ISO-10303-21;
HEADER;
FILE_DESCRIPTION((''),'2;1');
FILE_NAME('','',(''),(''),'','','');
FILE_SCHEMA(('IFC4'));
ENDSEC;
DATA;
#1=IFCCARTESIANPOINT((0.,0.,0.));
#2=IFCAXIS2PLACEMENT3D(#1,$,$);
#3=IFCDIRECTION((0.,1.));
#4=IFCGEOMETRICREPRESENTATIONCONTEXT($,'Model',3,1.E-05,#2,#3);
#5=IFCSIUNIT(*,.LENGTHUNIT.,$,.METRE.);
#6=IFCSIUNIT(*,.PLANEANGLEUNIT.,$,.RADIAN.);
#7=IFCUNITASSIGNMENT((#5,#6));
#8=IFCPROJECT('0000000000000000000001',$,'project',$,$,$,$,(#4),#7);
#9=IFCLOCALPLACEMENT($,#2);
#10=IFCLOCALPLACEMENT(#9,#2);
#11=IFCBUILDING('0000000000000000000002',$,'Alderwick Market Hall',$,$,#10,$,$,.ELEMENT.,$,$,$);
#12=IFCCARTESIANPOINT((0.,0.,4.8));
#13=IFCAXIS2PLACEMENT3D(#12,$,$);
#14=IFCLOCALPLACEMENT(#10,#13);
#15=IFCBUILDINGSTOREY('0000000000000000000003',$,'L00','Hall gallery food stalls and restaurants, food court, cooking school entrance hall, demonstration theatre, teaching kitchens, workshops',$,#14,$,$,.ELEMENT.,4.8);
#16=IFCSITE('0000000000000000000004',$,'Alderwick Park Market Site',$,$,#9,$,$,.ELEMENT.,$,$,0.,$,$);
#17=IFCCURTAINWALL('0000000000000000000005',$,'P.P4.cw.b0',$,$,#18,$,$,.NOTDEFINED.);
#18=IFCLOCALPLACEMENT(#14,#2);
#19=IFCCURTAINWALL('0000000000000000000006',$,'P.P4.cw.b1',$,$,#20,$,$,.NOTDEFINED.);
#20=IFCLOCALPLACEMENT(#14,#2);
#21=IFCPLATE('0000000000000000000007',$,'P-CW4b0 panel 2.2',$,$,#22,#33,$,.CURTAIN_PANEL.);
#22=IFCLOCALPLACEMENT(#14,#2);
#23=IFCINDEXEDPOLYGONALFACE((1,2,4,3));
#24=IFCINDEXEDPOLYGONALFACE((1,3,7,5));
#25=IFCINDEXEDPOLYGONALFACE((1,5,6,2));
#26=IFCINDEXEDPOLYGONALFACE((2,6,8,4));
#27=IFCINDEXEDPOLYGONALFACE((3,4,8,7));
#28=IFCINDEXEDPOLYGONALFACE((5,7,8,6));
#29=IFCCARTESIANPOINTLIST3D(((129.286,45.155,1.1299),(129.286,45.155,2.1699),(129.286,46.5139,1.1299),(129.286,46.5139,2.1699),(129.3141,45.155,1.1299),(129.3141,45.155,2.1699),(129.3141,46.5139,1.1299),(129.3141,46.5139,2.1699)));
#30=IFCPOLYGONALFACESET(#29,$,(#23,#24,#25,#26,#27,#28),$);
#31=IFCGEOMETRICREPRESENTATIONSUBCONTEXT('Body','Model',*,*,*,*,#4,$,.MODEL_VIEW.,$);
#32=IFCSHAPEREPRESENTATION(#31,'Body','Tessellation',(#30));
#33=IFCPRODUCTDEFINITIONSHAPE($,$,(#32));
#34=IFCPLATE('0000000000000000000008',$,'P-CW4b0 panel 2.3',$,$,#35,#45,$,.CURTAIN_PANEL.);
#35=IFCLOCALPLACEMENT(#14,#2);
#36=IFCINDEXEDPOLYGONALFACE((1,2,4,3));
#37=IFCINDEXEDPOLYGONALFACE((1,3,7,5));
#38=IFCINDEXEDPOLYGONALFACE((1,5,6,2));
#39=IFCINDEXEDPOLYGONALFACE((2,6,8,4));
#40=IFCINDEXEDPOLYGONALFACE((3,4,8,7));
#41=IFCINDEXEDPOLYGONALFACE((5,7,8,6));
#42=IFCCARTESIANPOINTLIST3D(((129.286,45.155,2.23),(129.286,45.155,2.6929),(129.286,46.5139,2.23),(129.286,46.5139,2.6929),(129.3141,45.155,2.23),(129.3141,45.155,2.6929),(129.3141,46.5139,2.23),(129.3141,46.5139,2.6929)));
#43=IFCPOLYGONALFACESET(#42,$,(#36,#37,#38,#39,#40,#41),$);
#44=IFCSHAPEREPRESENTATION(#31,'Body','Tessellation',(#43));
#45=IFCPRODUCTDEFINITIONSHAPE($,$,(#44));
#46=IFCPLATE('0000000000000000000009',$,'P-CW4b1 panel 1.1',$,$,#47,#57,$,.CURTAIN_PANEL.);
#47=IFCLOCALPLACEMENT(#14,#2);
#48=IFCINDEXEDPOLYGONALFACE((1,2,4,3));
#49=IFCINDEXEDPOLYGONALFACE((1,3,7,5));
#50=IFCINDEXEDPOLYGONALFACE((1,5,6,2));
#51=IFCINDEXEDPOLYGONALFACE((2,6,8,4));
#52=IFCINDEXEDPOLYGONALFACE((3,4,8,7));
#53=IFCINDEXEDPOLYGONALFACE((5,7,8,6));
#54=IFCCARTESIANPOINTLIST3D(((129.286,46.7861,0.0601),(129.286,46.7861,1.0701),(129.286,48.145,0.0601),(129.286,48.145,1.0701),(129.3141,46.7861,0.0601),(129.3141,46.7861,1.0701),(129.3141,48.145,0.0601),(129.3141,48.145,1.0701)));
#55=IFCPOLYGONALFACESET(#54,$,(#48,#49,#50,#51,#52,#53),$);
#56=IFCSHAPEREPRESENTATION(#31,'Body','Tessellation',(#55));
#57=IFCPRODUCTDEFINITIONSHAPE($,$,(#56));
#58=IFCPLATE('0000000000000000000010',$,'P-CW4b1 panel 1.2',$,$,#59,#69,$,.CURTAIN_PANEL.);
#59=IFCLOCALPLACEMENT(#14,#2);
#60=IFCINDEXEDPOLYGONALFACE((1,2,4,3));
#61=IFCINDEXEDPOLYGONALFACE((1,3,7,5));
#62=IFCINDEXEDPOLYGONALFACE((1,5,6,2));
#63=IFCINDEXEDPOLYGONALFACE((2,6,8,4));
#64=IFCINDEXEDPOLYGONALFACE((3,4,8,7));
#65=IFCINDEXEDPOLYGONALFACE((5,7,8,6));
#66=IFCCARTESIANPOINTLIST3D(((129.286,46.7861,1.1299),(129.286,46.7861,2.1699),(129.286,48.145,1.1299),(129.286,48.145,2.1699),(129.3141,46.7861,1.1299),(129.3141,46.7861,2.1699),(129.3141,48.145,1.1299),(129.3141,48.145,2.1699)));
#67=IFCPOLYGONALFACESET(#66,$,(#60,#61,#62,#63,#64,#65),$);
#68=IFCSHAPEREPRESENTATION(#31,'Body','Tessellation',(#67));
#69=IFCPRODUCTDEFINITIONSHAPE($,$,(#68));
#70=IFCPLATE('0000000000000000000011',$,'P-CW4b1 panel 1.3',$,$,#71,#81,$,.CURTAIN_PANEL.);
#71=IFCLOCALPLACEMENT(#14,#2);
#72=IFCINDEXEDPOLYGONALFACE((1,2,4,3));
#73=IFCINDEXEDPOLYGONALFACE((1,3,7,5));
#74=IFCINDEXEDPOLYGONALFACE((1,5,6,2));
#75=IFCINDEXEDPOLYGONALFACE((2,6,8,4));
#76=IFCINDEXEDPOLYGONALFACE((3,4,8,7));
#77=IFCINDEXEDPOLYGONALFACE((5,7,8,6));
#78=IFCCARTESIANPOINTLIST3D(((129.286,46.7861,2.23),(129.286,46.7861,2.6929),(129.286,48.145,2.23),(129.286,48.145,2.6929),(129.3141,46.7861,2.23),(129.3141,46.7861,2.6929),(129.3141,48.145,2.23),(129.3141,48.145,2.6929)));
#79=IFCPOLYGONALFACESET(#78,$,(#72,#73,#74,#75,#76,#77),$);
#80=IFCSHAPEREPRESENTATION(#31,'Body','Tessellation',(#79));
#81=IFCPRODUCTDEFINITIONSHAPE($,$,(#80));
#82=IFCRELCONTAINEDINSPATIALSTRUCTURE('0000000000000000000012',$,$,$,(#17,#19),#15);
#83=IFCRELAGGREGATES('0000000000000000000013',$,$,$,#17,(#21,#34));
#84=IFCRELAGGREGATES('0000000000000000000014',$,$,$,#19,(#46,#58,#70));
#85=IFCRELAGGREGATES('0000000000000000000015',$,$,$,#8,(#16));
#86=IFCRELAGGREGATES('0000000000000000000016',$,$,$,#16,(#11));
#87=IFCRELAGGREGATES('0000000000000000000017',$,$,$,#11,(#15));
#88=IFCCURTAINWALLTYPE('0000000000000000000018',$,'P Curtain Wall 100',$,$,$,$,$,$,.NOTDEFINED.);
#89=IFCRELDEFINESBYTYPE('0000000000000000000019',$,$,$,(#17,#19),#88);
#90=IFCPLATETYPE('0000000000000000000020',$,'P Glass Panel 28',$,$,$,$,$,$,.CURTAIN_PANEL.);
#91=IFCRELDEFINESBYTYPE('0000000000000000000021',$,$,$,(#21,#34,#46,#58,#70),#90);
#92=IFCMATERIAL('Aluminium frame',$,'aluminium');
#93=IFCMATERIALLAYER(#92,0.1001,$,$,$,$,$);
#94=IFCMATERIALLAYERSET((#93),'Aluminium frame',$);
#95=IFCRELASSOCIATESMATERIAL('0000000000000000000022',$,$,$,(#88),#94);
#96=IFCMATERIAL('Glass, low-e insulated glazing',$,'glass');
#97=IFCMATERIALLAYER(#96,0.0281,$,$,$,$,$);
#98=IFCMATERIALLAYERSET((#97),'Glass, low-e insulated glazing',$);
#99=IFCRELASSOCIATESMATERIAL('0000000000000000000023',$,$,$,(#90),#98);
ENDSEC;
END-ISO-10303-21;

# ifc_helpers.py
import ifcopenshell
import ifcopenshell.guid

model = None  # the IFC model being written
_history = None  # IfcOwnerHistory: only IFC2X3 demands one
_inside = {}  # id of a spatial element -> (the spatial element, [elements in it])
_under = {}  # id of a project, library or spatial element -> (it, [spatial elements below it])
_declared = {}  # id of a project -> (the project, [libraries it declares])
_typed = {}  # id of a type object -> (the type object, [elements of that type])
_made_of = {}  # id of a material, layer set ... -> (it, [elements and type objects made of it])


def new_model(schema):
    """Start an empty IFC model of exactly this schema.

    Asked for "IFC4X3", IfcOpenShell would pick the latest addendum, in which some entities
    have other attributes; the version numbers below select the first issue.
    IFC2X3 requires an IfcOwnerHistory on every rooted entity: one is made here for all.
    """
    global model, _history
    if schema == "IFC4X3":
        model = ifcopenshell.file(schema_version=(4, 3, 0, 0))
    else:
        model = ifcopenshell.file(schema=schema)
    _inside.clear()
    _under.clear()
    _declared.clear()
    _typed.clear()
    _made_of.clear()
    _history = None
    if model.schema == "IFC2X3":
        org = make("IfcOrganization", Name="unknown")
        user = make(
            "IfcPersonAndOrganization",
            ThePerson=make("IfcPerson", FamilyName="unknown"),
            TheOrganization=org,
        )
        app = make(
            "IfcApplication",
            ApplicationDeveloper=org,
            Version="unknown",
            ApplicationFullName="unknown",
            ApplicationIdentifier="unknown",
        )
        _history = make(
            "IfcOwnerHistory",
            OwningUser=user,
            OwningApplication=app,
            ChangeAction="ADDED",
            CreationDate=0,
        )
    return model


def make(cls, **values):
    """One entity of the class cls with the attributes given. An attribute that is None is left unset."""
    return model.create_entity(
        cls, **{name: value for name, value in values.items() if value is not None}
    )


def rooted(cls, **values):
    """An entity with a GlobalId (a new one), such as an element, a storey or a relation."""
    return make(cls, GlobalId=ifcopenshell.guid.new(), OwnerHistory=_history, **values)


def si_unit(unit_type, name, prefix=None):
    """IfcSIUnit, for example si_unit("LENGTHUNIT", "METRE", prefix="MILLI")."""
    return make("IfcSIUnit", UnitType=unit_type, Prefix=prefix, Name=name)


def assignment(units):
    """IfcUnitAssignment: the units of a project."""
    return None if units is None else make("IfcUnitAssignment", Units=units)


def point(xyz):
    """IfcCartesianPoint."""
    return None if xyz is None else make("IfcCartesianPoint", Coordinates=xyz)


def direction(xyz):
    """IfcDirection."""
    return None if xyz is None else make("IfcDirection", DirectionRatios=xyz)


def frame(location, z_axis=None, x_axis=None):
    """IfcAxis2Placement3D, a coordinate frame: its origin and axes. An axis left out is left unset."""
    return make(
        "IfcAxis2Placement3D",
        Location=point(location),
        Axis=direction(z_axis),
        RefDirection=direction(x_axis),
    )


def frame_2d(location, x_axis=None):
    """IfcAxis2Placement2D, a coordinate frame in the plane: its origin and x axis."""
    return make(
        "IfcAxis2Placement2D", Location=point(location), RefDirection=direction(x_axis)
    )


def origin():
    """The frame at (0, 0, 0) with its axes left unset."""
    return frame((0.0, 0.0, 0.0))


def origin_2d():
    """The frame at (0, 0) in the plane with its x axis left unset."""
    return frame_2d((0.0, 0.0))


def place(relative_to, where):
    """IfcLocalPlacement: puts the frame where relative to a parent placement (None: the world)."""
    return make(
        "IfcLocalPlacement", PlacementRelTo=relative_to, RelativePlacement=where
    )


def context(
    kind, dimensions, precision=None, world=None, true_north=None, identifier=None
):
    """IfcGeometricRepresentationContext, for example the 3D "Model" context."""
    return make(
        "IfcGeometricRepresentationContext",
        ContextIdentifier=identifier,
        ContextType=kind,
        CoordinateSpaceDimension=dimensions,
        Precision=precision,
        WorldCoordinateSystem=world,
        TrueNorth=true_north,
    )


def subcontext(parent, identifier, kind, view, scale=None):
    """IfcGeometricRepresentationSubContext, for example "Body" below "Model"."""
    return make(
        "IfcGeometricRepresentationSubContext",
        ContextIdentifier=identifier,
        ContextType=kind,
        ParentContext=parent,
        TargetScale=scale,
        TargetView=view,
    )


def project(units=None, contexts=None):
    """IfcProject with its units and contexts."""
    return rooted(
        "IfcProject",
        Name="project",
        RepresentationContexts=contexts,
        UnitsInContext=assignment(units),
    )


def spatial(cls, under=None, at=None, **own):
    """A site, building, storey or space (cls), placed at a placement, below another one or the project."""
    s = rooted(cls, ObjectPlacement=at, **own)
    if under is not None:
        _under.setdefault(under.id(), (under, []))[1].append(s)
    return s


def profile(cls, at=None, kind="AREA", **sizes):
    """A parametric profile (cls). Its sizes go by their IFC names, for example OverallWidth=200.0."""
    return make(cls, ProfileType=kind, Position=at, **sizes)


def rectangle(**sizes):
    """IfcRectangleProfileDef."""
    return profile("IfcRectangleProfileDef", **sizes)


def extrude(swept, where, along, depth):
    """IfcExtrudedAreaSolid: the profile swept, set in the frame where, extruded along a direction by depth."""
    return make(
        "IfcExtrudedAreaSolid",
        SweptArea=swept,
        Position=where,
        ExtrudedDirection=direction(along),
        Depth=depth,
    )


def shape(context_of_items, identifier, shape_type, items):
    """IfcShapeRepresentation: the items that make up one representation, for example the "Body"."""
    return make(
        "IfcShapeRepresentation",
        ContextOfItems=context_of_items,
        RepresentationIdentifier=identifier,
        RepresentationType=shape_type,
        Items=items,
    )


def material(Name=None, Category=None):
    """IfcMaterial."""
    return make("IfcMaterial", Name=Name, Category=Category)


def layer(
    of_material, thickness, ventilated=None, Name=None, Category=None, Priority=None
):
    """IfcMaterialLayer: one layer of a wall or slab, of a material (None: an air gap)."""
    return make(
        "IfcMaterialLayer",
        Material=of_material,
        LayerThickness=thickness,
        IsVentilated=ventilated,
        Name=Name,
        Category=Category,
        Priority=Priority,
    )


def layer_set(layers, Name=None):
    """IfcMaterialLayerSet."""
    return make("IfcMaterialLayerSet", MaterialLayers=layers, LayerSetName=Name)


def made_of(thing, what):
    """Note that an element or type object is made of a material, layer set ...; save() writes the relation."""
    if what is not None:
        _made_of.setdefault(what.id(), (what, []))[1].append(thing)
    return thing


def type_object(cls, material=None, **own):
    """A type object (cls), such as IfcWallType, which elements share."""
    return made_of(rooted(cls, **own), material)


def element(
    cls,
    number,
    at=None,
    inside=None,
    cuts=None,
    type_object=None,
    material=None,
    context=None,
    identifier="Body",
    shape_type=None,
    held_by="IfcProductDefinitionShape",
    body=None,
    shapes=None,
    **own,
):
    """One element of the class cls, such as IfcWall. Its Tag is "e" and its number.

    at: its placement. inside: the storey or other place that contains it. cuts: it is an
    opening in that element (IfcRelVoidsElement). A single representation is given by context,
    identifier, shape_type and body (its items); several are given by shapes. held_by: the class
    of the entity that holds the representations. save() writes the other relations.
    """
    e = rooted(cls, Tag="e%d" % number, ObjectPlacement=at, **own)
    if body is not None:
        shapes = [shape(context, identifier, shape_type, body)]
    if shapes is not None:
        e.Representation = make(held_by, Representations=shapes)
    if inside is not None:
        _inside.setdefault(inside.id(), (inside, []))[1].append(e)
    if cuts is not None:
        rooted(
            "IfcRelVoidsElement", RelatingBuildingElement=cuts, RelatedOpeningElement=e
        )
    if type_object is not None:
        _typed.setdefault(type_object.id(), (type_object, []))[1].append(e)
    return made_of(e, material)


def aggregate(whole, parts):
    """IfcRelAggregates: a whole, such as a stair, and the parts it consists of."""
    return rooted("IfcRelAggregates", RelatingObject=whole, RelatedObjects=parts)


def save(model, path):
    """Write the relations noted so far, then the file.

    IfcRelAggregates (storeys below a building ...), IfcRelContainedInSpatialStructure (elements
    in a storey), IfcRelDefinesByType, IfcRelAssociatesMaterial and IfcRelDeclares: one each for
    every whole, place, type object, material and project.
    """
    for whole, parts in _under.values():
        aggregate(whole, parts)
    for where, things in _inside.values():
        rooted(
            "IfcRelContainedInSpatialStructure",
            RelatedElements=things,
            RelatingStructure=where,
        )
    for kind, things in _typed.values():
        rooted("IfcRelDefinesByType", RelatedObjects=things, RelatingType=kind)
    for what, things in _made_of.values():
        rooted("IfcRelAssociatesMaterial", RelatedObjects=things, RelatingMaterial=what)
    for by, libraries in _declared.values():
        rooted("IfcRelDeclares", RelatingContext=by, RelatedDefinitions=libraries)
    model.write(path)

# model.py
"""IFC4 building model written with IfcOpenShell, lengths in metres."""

from ifc_helpers import new_model, si_unit, direction, frame, origin, origin_2d, place, context, subcontext, project, spatial, rectangle, extrude, material, layer, layer_set, type_object, element, aggregate, save


model = new_model("IFC4")

# Units and contexts
model_context = context("Model", 3, precision=1e-05, world=origin(), true_north=direction((0.0, 1.0)))
body_context = subcontext(model_context, "Body", "Model", "MODEL_VIEW")
ifc_project = project(units=[si_unit("LENGTHUNIT", "METRE"), si_unit("PLANEANGLEUNIT", "RADIAN")], contexts=[model_context])

# Site, building, storey
site_placement = place(None, origin())
site = spatial("IfcSite", under=ifc_project, at=site_placement, Name="Alderwick Park Market Site", CompositionType="ELEMENT", RefElevation=0.0)
building_placement = place(site_placement, origin())
building = spatial("IfcBuilding", under=site, at=building_placement, Name="Alderwick Market Hall", CompositionType="ELEMENT")
storey_placement = place(building_placement, frame((0.0, 0.0, 4.8)))
storey = spatial("IfcBuildingStorey", under=building, at=storey_placement, Name="L00", Description="Hall gallery food stalls and restaurants, food court, cooking school entrance hall, demonstration theatre, teaching kitchens, workshops", CompositionType="ELEMENT", Elevation=4.8)

# Curtain walls
ifc_material_1 = material(Name="Aluminium frame", Category="aluminium")
ifc_layer_1 = layer(ifc_material_1, 0.1001)
ifc_layer_set_1 = layer_set([ifc_layer_1], Name="Aluminium frame")
curtain_wall_type = type_object("IfcCurtainWallType", Name="P Curtain Wall 100", PredefinedType="NOTDEFINED", material=ifc_layer_set_1)
curtain_wall_1_placement = place(storey_placement, origin())
curtain_wall_1 = element("IfcCurtainWall", 1, at=curtain_wall_1_placement, inside=storey, type_object=curtain_wall_type, Name="P.P4.cw.b0", PredefinedType="NOTDEFINED")
curtain_wall_2_placement = place(storey_placement, origin())
curtain_wall_2 = element("IfcCurtainWall", 2, at=curtain_wall_2_placement, inside=storey, type_object=curtain_wall_type, Name="P.P4.cw.b1", PredefinedType="NOTDEFINED")

# Plates
ifc_material_2 = material(Name="Glass, low-e insulated glazing", Category="glass")
ifc_layer_2 = layer(ifc_material_2, 0.0281)
ifc_layer_set_2 = layer_set([ifc_layer_2], Name="Glass, low-e insulated glazing")
plate_type = type_object("IfcPlateType", Name="P Glass Panel 28", PredefinedType="CURTAIN_PANEL", material=ifc_layer_set_2)
plate_1_placement = place(storey_placement, frame((129.3, 45.8345, 1.1299), z_axis=(0.0, 0.0, 1.0), x_axis=(0.0, 1.0, 0.0)))
plate_1 = element("IfcPlate", 3, at=plate_1_placement, type_object=plate_type, Name="P-CW4b0 panel 2.2", PredefinedType="CURTAIN_PANEL", context=body_context, shape_type="SweptSolid", body=[
    extrude(rectangle(XDim=1.3589, YDim=0.0281, at=origin_2d()), origin(), (0.0, 0.0, 1.0), 1.04),
])
plate_2_placement = place(storey_placement, frame((129.3, 45.8345, 2.23), z_axis=(0.0, 0.0, 1.0), x_axis=(0.0, 1.0, 0.0)))
plate_2 = element("IfcPlate", 4, at=plate_2_placement, type_object=plate_type, Name="P-CW4b0 panel 2.3", PredefinedType="CURTAIN_PANEL", context=body_context, shape_type="SweptSolid", body=[
    extrude(rectangle(XDim=1.3589, YDim=0.0281, at=origin_2d()), origin(), (0.0, 0.0, 1.0), 0.4629),
])
aggregate(curtain_wall_1, [plate_1, plate_2])
plate_3_placement = place(storey_placement, frame((129.3, 47.4656, 0.0601), z_axis=(0.0, 0.0, 1.0), x_axis=(0.0, 1.0, 0.0)))
plate_3 = element("IfcPlate", 5, at=plate_3_placement, type_object=plate_type, Name="P-CW4b1 panel 1.1", PredefinedType="CURTAIN_PANEL", context=body_context, shape_type="SweptSolid", body=[
    extrude(rectangle(XDim=1.3589, YDim=0.0281, at=origin_2d()), origin(), (0.0, 0.0, 1.0), 1.01),
])
plate_4_placement = place(storey_placement, frame((129.3, 47.4656, 1.1299), z_axis=(0.0, 0.0, 1.0), x_axis=(0.0, 1.0, 0.0)))
plate_4 = element("IfcPlate", 6, at=plate_4_placement, type_object=plate_type, Name="P-CW4b1 panel 1.2", PredefinedType="CURTAIN_PANEL", context=body_context, shape_type="SweptSolid", body=[
    extrude(rectangle(XDim=1.3589, YDim=0.0281, at=origin_2d()), origin(), (0.0, 0.0, 1.0), 1.04),
])
plate_5_placement = place(storey_placement, frame((129.3, 47.4656, 2.23), z_axis=(0.0, 0.0, 1.0), x_axis=(0.0, 1.0, 0.0)))
plate_5 = element("IfcPlate", 7, at=plate_5_placement, type_object=plate_type, Name="P-CW4b1 panel 1.3", PredefinedType="CURTAIN_PANEL", context=body_context, shape_type="SweptSolid", body=[
    extrude(rectangle(XDim=1.3589, YDim=0.0281, at=origin_2d()), origin(), (0.0, 0.0, 1.0), 0.4629),
])
aggregate(curtain_wall_2, [plate_3, plate_4, plate_5])

save(model, "model.ifc")
